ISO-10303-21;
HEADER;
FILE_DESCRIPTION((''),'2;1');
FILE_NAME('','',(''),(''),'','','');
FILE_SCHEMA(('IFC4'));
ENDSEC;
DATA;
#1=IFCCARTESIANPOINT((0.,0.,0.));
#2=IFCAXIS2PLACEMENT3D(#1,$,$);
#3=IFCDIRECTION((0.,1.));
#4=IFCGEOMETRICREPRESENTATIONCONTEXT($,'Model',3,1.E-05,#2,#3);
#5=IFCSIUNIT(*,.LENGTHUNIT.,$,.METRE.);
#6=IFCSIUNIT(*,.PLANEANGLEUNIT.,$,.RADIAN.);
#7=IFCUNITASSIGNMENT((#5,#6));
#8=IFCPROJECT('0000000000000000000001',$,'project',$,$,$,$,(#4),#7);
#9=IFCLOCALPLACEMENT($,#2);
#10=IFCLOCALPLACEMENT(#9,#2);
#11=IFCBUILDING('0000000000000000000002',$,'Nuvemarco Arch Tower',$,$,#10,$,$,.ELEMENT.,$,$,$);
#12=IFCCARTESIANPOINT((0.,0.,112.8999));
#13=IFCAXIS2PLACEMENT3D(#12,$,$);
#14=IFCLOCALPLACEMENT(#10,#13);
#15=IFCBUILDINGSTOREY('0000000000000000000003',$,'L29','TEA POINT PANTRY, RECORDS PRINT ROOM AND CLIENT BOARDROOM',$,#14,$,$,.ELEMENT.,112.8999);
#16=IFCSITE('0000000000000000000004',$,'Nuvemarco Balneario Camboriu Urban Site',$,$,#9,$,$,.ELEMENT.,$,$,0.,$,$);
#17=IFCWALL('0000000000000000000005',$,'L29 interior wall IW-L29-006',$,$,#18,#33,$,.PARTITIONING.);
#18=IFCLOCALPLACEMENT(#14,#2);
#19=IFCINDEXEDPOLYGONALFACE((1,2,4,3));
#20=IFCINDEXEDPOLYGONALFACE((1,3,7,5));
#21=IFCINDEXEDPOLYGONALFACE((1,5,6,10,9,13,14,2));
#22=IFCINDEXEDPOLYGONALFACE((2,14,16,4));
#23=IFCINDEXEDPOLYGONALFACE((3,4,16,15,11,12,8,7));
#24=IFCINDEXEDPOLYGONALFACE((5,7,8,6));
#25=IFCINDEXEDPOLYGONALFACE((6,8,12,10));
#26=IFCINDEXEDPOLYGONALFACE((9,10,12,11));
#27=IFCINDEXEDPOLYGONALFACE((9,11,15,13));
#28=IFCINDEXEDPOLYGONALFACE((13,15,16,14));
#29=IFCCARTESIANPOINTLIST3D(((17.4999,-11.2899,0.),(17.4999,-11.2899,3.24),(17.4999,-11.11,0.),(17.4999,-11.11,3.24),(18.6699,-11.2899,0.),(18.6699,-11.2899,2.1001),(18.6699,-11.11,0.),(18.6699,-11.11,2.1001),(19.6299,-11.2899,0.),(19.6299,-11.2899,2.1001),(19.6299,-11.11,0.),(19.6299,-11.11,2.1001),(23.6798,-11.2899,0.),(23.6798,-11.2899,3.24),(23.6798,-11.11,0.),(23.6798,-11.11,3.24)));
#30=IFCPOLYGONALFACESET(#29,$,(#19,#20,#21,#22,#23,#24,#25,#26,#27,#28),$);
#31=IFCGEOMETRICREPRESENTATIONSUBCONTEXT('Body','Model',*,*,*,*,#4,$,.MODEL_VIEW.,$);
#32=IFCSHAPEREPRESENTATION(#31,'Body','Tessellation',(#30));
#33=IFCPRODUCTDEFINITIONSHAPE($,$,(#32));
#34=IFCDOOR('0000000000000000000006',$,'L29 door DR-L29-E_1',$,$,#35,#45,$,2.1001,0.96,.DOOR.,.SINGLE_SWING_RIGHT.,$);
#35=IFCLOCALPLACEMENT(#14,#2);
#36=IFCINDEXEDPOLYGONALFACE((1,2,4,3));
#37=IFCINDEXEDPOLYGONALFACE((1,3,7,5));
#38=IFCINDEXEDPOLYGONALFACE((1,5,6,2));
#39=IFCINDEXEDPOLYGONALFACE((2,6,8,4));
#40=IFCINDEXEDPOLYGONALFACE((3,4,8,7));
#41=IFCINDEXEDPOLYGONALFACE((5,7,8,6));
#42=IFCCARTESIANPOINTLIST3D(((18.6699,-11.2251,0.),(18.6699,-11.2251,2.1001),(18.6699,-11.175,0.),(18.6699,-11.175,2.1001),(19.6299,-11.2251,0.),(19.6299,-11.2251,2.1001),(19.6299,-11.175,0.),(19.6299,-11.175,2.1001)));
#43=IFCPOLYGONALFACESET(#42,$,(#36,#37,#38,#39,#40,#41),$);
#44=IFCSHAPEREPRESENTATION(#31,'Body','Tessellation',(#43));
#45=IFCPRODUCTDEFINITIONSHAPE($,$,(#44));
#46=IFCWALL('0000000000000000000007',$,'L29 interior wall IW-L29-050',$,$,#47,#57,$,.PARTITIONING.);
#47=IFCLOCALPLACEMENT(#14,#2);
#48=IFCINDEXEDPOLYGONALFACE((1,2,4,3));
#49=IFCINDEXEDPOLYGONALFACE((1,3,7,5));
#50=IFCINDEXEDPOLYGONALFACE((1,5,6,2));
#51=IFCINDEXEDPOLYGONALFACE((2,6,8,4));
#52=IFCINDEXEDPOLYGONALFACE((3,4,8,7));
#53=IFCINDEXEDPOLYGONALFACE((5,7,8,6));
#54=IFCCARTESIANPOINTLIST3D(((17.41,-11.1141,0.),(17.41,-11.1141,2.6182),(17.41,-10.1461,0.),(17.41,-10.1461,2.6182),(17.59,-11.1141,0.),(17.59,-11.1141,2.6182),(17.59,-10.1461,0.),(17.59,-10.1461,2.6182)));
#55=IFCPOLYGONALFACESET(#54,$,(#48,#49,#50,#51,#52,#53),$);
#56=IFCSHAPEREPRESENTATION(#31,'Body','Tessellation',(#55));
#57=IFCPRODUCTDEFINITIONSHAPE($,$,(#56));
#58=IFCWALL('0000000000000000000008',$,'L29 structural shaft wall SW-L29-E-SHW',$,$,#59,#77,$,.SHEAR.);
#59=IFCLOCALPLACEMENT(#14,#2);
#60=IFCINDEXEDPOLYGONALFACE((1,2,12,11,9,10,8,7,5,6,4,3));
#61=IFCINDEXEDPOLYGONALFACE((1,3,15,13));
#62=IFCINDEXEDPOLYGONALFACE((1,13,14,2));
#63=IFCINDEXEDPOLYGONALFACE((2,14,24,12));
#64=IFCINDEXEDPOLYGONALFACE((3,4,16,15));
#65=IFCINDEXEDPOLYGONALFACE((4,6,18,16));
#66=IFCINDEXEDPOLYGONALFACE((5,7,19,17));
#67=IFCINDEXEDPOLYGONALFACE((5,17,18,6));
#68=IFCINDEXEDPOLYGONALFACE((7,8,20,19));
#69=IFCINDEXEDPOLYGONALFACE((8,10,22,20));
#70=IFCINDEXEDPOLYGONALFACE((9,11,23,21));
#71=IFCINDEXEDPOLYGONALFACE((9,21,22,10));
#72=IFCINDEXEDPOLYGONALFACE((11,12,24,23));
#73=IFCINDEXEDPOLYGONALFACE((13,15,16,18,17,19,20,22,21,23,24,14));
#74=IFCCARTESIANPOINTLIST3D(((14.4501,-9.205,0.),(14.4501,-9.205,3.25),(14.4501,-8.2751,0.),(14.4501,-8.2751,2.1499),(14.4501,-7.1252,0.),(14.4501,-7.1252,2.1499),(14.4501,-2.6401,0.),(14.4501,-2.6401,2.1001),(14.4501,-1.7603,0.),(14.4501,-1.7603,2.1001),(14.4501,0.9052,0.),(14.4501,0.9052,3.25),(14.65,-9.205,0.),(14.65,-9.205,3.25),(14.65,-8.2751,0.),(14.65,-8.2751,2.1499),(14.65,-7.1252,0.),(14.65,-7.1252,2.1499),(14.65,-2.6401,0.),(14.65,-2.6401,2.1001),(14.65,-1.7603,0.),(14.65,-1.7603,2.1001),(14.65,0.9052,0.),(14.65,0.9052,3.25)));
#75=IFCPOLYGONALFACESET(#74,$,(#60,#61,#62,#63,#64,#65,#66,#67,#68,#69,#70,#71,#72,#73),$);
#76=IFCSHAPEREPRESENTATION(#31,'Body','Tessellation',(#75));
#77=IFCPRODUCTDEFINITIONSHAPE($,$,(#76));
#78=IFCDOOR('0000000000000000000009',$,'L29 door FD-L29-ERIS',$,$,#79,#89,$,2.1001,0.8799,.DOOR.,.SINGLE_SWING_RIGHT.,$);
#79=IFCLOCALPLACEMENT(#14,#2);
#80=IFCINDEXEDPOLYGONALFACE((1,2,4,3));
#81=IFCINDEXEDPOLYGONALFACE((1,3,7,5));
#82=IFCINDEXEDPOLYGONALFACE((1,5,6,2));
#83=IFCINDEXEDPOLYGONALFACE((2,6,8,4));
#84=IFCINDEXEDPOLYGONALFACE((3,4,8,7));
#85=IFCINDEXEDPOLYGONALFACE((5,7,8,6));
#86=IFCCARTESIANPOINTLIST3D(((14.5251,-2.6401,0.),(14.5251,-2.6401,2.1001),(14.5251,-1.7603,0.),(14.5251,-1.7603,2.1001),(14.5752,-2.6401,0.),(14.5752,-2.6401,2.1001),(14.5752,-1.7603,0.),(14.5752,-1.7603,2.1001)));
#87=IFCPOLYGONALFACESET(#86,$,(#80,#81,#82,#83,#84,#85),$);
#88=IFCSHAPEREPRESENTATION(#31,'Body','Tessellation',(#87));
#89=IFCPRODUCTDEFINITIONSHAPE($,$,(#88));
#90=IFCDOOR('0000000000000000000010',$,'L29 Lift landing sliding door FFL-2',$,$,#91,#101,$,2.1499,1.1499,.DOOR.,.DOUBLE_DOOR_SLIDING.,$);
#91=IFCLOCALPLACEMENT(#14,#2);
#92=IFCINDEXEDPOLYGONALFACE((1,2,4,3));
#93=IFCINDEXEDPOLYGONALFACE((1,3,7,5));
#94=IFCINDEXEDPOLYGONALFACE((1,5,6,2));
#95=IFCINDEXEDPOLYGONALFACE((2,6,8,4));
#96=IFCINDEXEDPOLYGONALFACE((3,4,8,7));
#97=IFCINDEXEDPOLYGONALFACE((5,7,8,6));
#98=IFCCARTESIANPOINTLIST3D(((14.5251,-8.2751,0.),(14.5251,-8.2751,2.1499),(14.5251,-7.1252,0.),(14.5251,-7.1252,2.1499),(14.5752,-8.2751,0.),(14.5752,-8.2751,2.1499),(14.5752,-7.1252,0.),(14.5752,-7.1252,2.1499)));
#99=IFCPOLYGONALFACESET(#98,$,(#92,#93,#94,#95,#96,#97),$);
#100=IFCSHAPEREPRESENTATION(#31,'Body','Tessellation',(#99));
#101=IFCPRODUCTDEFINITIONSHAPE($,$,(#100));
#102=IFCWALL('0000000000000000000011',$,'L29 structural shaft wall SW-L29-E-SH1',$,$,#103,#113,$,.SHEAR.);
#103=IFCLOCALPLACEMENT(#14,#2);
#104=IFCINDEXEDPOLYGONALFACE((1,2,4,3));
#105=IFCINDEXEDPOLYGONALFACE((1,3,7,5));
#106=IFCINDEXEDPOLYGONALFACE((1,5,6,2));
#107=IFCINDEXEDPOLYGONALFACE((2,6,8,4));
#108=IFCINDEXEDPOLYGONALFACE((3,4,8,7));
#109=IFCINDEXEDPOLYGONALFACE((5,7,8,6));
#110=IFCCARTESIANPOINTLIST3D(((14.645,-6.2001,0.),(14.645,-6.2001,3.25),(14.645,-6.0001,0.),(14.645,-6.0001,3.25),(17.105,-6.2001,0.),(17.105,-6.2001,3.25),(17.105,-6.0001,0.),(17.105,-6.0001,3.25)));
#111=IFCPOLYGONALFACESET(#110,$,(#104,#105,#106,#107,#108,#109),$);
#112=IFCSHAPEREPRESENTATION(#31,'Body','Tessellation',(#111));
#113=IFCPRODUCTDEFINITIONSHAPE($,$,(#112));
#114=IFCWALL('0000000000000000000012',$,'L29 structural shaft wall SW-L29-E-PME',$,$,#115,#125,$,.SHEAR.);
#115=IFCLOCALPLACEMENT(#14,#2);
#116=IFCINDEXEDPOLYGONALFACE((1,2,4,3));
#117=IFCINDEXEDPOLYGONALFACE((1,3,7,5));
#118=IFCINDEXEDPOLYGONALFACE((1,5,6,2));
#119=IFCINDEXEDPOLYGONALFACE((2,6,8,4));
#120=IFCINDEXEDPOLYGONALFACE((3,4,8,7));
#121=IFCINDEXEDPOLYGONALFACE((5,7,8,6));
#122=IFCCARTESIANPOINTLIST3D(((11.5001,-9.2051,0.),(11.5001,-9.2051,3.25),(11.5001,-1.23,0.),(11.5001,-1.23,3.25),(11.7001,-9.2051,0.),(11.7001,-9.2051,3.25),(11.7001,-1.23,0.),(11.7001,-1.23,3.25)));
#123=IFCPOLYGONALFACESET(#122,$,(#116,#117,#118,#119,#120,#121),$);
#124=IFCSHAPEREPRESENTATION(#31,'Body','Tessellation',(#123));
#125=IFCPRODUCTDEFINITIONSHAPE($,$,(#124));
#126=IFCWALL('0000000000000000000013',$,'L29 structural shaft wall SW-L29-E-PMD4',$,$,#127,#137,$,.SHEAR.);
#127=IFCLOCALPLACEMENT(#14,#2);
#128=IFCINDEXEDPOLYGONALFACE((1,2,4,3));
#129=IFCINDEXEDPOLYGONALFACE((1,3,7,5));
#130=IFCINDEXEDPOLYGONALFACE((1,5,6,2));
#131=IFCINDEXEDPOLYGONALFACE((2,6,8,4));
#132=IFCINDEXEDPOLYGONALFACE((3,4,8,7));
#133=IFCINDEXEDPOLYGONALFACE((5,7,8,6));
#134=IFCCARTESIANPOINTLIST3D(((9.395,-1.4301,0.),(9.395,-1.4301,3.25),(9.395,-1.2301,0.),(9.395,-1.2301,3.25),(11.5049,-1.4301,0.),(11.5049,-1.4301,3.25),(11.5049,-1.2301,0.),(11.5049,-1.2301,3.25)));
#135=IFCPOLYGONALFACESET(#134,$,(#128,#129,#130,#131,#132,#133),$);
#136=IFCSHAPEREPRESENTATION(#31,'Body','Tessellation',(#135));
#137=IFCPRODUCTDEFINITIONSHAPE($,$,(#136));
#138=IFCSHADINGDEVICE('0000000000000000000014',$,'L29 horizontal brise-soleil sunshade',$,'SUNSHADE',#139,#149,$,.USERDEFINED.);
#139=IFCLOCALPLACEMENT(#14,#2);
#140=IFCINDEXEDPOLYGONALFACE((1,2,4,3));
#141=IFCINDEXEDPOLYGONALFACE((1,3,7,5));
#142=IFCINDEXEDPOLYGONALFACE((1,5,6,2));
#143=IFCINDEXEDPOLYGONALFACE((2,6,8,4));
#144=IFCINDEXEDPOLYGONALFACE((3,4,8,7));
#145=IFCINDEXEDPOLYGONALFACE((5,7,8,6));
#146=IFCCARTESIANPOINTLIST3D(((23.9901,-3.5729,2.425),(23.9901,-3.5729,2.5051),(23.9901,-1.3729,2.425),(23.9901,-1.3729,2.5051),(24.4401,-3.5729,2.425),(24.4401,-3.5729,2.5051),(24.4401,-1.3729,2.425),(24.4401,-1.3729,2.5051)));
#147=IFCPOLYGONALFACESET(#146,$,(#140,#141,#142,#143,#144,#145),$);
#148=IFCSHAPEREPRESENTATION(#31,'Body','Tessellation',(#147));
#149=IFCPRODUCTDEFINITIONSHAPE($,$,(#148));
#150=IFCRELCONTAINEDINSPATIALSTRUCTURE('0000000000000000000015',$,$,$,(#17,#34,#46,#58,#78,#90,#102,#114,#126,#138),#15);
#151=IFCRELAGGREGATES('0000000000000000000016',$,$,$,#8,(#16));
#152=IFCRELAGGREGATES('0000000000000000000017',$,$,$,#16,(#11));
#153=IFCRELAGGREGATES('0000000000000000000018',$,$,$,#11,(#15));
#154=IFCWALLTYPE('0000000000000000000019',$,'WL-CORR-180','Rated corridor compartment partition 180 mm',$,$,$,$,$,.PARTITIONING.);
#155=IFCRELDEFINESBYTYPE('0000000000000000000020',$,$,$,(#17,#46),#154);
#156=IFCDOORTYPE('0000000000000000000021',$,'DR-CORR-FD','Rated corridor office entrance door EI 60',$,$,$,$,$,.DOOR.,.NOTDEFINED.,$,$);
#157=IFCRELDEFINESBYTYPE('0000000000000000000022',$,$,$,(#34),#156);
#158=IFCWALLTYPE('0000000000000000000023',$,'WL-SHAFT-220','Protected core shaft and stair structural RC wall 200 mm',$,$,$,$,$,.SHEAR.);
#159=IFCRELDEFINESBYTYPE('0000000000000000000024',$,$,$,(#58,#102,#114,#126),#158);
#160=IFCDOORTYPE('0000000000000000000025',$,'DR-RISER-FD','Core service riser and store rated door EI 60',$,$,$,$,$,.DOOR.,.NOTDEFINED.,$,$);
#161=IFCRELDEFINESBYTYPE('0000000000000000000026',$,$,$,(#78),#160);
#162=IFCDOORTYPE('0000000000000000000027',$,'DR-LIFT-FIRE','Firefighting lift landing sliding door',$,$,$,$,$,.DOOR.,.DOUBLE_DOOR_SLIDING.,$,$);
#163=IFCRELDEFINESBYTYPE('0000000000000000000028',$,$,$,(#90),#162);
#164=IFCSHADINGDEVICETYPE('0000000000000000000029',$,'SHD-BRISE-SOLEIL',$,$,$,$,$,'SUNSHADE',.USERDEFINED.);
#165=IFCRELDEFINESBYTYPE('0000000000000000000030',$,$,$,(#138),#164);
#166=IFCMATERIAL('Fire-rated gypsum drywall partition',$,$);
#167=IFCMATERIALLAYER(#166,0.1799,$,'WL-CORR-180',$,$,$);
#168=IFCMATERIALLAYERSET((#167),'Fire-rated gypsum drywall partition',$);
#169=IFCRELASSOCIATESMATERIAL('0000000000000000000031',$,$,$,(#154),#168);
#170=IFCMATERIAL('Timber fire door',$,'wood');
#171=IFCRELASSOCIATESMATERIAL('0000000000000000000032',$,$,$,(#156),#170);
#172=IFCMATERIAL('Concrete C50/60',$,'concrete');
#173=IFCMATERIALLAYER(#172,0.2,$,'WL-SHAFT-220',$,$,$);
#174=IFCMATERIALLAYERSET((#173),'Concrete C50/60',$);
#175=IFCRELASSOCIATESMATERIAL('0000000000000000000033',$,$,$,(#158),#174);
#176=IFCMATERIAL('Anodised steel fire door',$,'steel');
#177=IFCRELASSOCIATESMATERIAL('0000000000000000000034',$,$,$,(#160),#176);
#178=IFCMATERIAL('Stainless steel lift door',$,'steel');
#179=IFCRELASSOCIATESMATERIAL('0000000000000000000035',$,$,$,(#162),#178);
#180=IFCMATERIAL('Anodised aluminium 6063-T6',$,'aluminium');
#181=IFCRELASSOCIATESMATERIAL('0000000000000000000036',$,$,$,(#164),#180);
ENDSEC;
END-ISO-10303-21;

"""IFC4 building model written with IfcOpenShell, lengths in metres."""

from ifc_helpers import new_model, si_unit, direction, frame, frame_2d, origin, origin_2d, place, context, subcontext, project, spatial, rectangle, extrude, source, transform, mapped, material, layer, layer_set, type_object, type_shapes, element, fill, save


model = new_model("IFC4")

# Units and contexts
model_context = context("Model", 3, precision=1e-05, world=origin(), true_north=direction((0.0, 1.0)))
body_context = subcontext(model_context, "Body", "Model", "MODEL_VIEW")
ifc_project = project(units=[si_unit("LENGTHUNIT", "METRE"), si_unit("PLANEANGLEUNIT", "RADIAN")], contexts=[model_context])

# Site, building, storey
site_placement = place(None, origin())
site = spatial("IfcSite", under=ifc_project, at=site_placement, Name="Nuvemarco Balneario Camboriu Urban Site", CompositionType="ELEMENT", RefElevation=0.0)
building_placement = place(site_placement, origin())
building = spatial("IfcBuilding", under=site, at=building_placement, Name="Nuvemarco Arch Tower", CompositionType="ELEMENT")
storey_placement = place(building_placement, frame((0.0, 0.0, 112.8999)))
storey = spatial("IfcBuildingStorey", under=building, at=storey_placement, Name="L29", Description="TEA POINT PANTRY, RECORDS PRINT ROOM AND CLIENT BOARDROOM", CompositionType="ELEMENT", Elevation=112.8999)

# Wall, opening, door
ifc_material_1 = material(Name="Fire-rated gypsum drywall partition")
ifc_layer_1 = layer(ifc_material_1, 0.1799, Name="WL-CORR-180")
ifc_layer_set_1 = layer_set([ifc_layer_1], Name="Fire-rated gypsum drywall partition")
wall_type_1 = type_object("IfcWallType", Name="WL-CORR-180", Description="Rated corridor compartment partition 180 mm", PredefinedType="PARTITIONING", material=ifc_layer_set_1)
wall_1_placement = place(storey_placement, frame((17.5, -11.2, 0.0), z_axis=(0.0, 0.0, 1.0), x_axis=(1.0, 0.0, 0.0)))
wall_1 = element("IfcWall", 1, at=wall_1_placement, inside=storey, type_object=wall_type_1, Name="L29 interior wall IW-L29-006", PredefinedType="PARTITIONING", context=body_context, shape_type="SweptSolid", body=[
    extrude(rectangle(XDim=6.1799, YDim=0.1799, at=frame_2d((3.0898, 0.0))), origin(), (0.0, 0.0, 1.0), 3.24),
])
opening_1_placement = place(wall_1_placement, frame((1.1699, 0.0, 0.0)))
opening_1 = element("IfcOpeningElement", 2, at=opening_1_placement, cuts=wall_1, PredefinedType="OPENING", context=body_context, shape_type="SweptSolid", body=[
    extrude(rectangle(XDim=0.96, YDim=2.1001, at=frame_2d((0.48, 1.05))), frame((0.0, 0.0999, 0.0), z_axis=(0.0, -1.0, 0.0), x_axis=(1.0, 0.0, 0.0)), (0.0, 0.0, 1.0), 0.2),
])
ifc_material_2 = material(Name="Timber fire door", Category="wood")
door_type_1 = type_object("IfcDoorType", Name="DR-CORR-FD", Description="Rated corridor office entrance door EI 60", OperationType="NOTDEFINED", PredefinedType="DOOR", material=ifc_material_2)
shared_shape_1 = source(origin(), body_context, "Body", "SweptSolid", [
    extrude(rectangle(XDim=0.96, YDim=2.1001, at=frame_2d((0.48, 1.05))), frame((0.0, 0.0249, 0.0), z_axis=(0.0, -1.0, 0.0), x_axis=(1.0, 0.0, 0.0)), (0.0, 0.0, 1.0), 0.05),
])
type_shapes(door_type_1, [shared_shape_1])
door_1_placement = place(opening_1_placement, origin())
door_1 = element("IfcDoor", 3, at=door_1_placement, inside=storey, type_object=door_type_1, Name="L29 door DR-L29-E_1", OperationType="SINGLE_SWING_RIGHT", OverallHeight=2.1001, OverallWidth=0.96, PredefinedType="DOOR", context=body_context, shape_type="MappedRepresentation", body=[
    mapped(shared_shape_1, transform((0.0, 0.0, 0.0), scale=1.0)),
])
fill(opening_1, door_1)

# Wall
wall_2_placement = place(storey_placement, frame((17.5, -11.114, 0.0), z_axis=(0.0, 0.0, 1.0), x_axis=(0.0, 1.0, 0.0)))
element("IfcWall", 4, at=wall_2_placement, inside=storey, type_object=wall_type_1, Name="L29 interior wall IW-L29-050", PredefinedType="PARTITIONING", context=body_context, shape_type="SweptSolid", body=[
    extrude(rectangle(XDim=0.968, YDim=0.1799, at=frame_2d((0.4839, 0.0))), origin(), (0.0, 0.0, 1.0), 2.6182),
])

# Wall, openings, doors
ifc_material_3 = material(Name="Concrete C50/60", Category="concrete")
ifc_layer_2 = layer(ifc_material_3, 0.2, Name="WL-SHAFT-220")
ifc_layer_set_2 = layer_set([ifc_layer_2], Name="Concrete C50/60")
wall_type_2 = type_object("IfcWallType", Name="WL-SHAFT-220", Description="Protected core shaft and stair structural RC wall 200 mm", PredefinedType="SHEAR", material=ifc_layer_set_2)
wall_3_placement = place(storey_placement, frame((14.55, -9.2051, 0.0), z_axis=(0.0, 0.0, 1.0), x_axis=(0.0, 1.0, 0.0)))
wall_3 = element("IfcWall", 5, at=wall_3_placement, inside=storey, type_object=wall_type_2, Name="L29 structural shaft wall SW-L29-E-SHW", PredefinedType="SHEAR", context=body_context, shape_type="SweptSolid", body=[
    extrude(rectangle(XDim=10.1101, YDim=0.2, at=frame_2d((5.0552, 0.0))), origin(), (0.0, 0.0, 1.0), 3.25),
])
opening_2_placement = place(wall_3_placement, frame((6.5649, 0.0, 0.0)))
opening_2 = element("IfcOpeningElement", 6, at=opening_2_placement, cuts=wall_3, PredefinedType="OPENING", context=body_context, shape_type="SweptSolid", body=[
    extrude(rectangle(XDim=0.8799, YDim=2.1001, at=frame_2d((0.4399, 1.05))), frame((0.0, 0.1099, 0.0), z_axis=(0.0, -1.0, 0.0), x_axis=(1.0, 0.0, 0.0)), (0.0, 0.0, 1.0), 0.22),
])
opening_3_placement = place(wall_3_placement, frame((0.9299, 0.0, 0.0)))
opening_3 = element("IfcOpeningElement", 7, at=opening_3_placement, cuts=wall_3, PredefinedType="OPENING", context=body_context, shape_type="SweptSolid", body=[
    extrude(rectangle(XDim=1.1499, YDim=2.1499, at=frame_2d((0.575, 1.075))), frame((0.0, 0.1099, 0.0), z_axis=(0.0, -1.0, 0.0), x_axis=(1.0, 0.0, 0.0)), (0.0, 0.0, 1.0), 0.22),
])
ifc_material_4 = material(Name="Anodised steel fire door", Category="steel")
door_type_2 = type_object("IfcDoorType", Name="DR-RISER-FD", Description="Core service riser and store rated door EI 60", OperationType="NOTDEFINED", PredefinedType="DOOR", material=ifc_material_4)
shared_shape_2 = source(origin(), body_context, "Body", "SweptSolid", [
    extrude(rectangle(XDim=0.8799, YDim=2.1001, at=frame_2d((0.4399, 1.05))), frame((0.0, 0.0249, 0.0), z_axis=(0.0, -1.0, 0.0), x_axis=(1.0, 0.0, 0.0)), (0.0, 0.0, 1.0), 0.05),
])
type_shapes(door_type_2, [shared_shape_2])
door_2_placement = place(opening_2_placement, origin())
door_2 = element("IfcDoor", 8, at=door_2_placement, inside=storey, type_object=door_type_2, Name="L29 door FD-L29-ERIS", OperationType="SINGLE_SWING_RIGHT", OverallHeight=2.1001, OverallWidth=0.8799, PredefinedType="DOOR", context=body_context, shape_type="MappedRepresentation", body=[
    mapped(shared_shape_2, transform((0.0, 0.0, 0.0), scale=1.0)),
])
fill(opening_2, door_2)
ifc_material_5 = material(Name="Stainless steel lift door", Category="steel")
door_type_3 = type_object("IfcDoorType", Name="DR-LIFT-FIRE", Description="Firefighting lift landing sliding door", OperationType="DOUBLE_DOOR_SLIDING", PredefinedType="DOOR", material=ifc_material_5)
shared_shape_3 = source(origin(), body_context, "Body", "SweptSolid", [
    extrude(rectangle(XDim=1.1499, YDim=2.1499, at=frame_2d((0.575, 1.075))), frame((0.0, 0.0249, 0.0), z_axis=(0.0, -1.0, 0.0), x_axis=(1.0, 0.0, 0.0)), (0.0, 0.0, 1.0), 0.05),
])
type_shapes(door_type_3, [shared_shape_3])
door_3_placement = place(opening_3_placement, origin())
door_3 = element("IfcDoor", 9, at=door_3_placement, inside=storey, type_object=door_type_3, Name="L29 Lift landing sliding door FFL-2", OperationType="DOUBLE_DOOR_SLIDING", OverallHeight=2.1499, OverallWidth=1.1499, PredefinedType="DOOR", context=body_context, shape_type="MappedRepresentation", body=[
    mapped(shared_shape_3, transform((0.0, 0.0, 0.0), scale=1.0)),
])
fill(opening_3, door_3)

# Walls
wall_4_placement = place(storey_placement, frame((14.645, -6.1001, 0.0), z_axis=(0.0, 0.0, 1.0), x_axis=(1.0, 0.0, 0.0)))
element("IfcWall", 10, at=wall_4_placement, inside=storey, type_object=wall_type_2, Name="L29 structural shaft wall SW-L29-E-SH1", PredefinedType="SHEAR", context=body_context, shape_type="SweptSolid", body=[
    extrude(rectangle(XDim=2.46, YDim=0.2, at=frame_2d((1.23, 0.0))), origin(), (0.0, 0.0, 1.0), 3.25),
])
wall_5_placement = place(storey_placement, frame((11.6001, -9.2051, 0.0), z_axis=(0.0, 0.0, 1.0), x_axis=(0.0, 1.0, 0.0)))
element("IfcWall", 11, at=wall_5_placement, inside=storey, type_object=wall_type_2, Name="L29 structural shaft wall SW-L29-E-PME", PredefinedType="SHEAR", context=body_context, shape_type="SweptSolid", body=[
    extrude(rectangle(XDim=7.9751, YDim=0.2, at=frame_2d((3.9875, 0.0))), origin(), (0.0, 0.0, 1.0), 3.25),
])

# Wall
wall_6_placement = place(storey_placement, frame((9.395, -1.3301, 0.0), z_axis=(0.0, 0.0, 1.0), x_axis=(1.0, 0.0, 0.0)))
element("IfcWall", 12, at=wall_6_placement, inside=storey, type_object=wall_type_2, Name="L29 structural shaft wall SW-L29-E-PMD4", PredefinedType="SHEAR", context=body_context, shape_type="SweptSolid", body=[
    extrude(rectangle(XDim=2.1099, YDim=0.2, at=frame_2d((1.0549, 0.0))), origin(), (0.0, 0.0, 1.0), 3.25),
])

# Shading device
ifc_material_6 = material(Name="Anodised aluminium 6063-T6", Category="aluminium")
shading_device_type = type_object("IfcShadingDeviceType", Name="SHD-BRISE-SOLEIL", ElementType="SUNSHADE", PredefinedType="USERDEFINED", material=ifc_material_6)
shared_shape_4 = source(origin(), body_context, "Body", "SweptSolid", [
    extrude(rectangle(XDim=2.2, YDim=0.45, at=origin_2d()), origin(), (0.0, 0.0, 1.0), 0.0801),
])
type_shapes(shading_device_type, [shared_shape_4])
shading_device_placement = place(storey_placement, frame((24.2151, -2.4729, 2.425), z_axis=(0.0, 0.0, 1.0), x_axis=(0.0, 1.0, 0.0)))
element("IfcShadingDevice", 13, at=shading_device_placement, inside=storey, type_object=shading_device_type, Name="L29 horizontal brise-soleil sunshade", ObjectType="SUNSHADE", PredefinedType="USERDEFINED", context=body_context, shape_type="MappedRepresentation", body=[
    mapped(shared_shape_4, transform((0.0, 0.0, 0.0), scale=1.0)),
])

save(model, "model.ifc")
